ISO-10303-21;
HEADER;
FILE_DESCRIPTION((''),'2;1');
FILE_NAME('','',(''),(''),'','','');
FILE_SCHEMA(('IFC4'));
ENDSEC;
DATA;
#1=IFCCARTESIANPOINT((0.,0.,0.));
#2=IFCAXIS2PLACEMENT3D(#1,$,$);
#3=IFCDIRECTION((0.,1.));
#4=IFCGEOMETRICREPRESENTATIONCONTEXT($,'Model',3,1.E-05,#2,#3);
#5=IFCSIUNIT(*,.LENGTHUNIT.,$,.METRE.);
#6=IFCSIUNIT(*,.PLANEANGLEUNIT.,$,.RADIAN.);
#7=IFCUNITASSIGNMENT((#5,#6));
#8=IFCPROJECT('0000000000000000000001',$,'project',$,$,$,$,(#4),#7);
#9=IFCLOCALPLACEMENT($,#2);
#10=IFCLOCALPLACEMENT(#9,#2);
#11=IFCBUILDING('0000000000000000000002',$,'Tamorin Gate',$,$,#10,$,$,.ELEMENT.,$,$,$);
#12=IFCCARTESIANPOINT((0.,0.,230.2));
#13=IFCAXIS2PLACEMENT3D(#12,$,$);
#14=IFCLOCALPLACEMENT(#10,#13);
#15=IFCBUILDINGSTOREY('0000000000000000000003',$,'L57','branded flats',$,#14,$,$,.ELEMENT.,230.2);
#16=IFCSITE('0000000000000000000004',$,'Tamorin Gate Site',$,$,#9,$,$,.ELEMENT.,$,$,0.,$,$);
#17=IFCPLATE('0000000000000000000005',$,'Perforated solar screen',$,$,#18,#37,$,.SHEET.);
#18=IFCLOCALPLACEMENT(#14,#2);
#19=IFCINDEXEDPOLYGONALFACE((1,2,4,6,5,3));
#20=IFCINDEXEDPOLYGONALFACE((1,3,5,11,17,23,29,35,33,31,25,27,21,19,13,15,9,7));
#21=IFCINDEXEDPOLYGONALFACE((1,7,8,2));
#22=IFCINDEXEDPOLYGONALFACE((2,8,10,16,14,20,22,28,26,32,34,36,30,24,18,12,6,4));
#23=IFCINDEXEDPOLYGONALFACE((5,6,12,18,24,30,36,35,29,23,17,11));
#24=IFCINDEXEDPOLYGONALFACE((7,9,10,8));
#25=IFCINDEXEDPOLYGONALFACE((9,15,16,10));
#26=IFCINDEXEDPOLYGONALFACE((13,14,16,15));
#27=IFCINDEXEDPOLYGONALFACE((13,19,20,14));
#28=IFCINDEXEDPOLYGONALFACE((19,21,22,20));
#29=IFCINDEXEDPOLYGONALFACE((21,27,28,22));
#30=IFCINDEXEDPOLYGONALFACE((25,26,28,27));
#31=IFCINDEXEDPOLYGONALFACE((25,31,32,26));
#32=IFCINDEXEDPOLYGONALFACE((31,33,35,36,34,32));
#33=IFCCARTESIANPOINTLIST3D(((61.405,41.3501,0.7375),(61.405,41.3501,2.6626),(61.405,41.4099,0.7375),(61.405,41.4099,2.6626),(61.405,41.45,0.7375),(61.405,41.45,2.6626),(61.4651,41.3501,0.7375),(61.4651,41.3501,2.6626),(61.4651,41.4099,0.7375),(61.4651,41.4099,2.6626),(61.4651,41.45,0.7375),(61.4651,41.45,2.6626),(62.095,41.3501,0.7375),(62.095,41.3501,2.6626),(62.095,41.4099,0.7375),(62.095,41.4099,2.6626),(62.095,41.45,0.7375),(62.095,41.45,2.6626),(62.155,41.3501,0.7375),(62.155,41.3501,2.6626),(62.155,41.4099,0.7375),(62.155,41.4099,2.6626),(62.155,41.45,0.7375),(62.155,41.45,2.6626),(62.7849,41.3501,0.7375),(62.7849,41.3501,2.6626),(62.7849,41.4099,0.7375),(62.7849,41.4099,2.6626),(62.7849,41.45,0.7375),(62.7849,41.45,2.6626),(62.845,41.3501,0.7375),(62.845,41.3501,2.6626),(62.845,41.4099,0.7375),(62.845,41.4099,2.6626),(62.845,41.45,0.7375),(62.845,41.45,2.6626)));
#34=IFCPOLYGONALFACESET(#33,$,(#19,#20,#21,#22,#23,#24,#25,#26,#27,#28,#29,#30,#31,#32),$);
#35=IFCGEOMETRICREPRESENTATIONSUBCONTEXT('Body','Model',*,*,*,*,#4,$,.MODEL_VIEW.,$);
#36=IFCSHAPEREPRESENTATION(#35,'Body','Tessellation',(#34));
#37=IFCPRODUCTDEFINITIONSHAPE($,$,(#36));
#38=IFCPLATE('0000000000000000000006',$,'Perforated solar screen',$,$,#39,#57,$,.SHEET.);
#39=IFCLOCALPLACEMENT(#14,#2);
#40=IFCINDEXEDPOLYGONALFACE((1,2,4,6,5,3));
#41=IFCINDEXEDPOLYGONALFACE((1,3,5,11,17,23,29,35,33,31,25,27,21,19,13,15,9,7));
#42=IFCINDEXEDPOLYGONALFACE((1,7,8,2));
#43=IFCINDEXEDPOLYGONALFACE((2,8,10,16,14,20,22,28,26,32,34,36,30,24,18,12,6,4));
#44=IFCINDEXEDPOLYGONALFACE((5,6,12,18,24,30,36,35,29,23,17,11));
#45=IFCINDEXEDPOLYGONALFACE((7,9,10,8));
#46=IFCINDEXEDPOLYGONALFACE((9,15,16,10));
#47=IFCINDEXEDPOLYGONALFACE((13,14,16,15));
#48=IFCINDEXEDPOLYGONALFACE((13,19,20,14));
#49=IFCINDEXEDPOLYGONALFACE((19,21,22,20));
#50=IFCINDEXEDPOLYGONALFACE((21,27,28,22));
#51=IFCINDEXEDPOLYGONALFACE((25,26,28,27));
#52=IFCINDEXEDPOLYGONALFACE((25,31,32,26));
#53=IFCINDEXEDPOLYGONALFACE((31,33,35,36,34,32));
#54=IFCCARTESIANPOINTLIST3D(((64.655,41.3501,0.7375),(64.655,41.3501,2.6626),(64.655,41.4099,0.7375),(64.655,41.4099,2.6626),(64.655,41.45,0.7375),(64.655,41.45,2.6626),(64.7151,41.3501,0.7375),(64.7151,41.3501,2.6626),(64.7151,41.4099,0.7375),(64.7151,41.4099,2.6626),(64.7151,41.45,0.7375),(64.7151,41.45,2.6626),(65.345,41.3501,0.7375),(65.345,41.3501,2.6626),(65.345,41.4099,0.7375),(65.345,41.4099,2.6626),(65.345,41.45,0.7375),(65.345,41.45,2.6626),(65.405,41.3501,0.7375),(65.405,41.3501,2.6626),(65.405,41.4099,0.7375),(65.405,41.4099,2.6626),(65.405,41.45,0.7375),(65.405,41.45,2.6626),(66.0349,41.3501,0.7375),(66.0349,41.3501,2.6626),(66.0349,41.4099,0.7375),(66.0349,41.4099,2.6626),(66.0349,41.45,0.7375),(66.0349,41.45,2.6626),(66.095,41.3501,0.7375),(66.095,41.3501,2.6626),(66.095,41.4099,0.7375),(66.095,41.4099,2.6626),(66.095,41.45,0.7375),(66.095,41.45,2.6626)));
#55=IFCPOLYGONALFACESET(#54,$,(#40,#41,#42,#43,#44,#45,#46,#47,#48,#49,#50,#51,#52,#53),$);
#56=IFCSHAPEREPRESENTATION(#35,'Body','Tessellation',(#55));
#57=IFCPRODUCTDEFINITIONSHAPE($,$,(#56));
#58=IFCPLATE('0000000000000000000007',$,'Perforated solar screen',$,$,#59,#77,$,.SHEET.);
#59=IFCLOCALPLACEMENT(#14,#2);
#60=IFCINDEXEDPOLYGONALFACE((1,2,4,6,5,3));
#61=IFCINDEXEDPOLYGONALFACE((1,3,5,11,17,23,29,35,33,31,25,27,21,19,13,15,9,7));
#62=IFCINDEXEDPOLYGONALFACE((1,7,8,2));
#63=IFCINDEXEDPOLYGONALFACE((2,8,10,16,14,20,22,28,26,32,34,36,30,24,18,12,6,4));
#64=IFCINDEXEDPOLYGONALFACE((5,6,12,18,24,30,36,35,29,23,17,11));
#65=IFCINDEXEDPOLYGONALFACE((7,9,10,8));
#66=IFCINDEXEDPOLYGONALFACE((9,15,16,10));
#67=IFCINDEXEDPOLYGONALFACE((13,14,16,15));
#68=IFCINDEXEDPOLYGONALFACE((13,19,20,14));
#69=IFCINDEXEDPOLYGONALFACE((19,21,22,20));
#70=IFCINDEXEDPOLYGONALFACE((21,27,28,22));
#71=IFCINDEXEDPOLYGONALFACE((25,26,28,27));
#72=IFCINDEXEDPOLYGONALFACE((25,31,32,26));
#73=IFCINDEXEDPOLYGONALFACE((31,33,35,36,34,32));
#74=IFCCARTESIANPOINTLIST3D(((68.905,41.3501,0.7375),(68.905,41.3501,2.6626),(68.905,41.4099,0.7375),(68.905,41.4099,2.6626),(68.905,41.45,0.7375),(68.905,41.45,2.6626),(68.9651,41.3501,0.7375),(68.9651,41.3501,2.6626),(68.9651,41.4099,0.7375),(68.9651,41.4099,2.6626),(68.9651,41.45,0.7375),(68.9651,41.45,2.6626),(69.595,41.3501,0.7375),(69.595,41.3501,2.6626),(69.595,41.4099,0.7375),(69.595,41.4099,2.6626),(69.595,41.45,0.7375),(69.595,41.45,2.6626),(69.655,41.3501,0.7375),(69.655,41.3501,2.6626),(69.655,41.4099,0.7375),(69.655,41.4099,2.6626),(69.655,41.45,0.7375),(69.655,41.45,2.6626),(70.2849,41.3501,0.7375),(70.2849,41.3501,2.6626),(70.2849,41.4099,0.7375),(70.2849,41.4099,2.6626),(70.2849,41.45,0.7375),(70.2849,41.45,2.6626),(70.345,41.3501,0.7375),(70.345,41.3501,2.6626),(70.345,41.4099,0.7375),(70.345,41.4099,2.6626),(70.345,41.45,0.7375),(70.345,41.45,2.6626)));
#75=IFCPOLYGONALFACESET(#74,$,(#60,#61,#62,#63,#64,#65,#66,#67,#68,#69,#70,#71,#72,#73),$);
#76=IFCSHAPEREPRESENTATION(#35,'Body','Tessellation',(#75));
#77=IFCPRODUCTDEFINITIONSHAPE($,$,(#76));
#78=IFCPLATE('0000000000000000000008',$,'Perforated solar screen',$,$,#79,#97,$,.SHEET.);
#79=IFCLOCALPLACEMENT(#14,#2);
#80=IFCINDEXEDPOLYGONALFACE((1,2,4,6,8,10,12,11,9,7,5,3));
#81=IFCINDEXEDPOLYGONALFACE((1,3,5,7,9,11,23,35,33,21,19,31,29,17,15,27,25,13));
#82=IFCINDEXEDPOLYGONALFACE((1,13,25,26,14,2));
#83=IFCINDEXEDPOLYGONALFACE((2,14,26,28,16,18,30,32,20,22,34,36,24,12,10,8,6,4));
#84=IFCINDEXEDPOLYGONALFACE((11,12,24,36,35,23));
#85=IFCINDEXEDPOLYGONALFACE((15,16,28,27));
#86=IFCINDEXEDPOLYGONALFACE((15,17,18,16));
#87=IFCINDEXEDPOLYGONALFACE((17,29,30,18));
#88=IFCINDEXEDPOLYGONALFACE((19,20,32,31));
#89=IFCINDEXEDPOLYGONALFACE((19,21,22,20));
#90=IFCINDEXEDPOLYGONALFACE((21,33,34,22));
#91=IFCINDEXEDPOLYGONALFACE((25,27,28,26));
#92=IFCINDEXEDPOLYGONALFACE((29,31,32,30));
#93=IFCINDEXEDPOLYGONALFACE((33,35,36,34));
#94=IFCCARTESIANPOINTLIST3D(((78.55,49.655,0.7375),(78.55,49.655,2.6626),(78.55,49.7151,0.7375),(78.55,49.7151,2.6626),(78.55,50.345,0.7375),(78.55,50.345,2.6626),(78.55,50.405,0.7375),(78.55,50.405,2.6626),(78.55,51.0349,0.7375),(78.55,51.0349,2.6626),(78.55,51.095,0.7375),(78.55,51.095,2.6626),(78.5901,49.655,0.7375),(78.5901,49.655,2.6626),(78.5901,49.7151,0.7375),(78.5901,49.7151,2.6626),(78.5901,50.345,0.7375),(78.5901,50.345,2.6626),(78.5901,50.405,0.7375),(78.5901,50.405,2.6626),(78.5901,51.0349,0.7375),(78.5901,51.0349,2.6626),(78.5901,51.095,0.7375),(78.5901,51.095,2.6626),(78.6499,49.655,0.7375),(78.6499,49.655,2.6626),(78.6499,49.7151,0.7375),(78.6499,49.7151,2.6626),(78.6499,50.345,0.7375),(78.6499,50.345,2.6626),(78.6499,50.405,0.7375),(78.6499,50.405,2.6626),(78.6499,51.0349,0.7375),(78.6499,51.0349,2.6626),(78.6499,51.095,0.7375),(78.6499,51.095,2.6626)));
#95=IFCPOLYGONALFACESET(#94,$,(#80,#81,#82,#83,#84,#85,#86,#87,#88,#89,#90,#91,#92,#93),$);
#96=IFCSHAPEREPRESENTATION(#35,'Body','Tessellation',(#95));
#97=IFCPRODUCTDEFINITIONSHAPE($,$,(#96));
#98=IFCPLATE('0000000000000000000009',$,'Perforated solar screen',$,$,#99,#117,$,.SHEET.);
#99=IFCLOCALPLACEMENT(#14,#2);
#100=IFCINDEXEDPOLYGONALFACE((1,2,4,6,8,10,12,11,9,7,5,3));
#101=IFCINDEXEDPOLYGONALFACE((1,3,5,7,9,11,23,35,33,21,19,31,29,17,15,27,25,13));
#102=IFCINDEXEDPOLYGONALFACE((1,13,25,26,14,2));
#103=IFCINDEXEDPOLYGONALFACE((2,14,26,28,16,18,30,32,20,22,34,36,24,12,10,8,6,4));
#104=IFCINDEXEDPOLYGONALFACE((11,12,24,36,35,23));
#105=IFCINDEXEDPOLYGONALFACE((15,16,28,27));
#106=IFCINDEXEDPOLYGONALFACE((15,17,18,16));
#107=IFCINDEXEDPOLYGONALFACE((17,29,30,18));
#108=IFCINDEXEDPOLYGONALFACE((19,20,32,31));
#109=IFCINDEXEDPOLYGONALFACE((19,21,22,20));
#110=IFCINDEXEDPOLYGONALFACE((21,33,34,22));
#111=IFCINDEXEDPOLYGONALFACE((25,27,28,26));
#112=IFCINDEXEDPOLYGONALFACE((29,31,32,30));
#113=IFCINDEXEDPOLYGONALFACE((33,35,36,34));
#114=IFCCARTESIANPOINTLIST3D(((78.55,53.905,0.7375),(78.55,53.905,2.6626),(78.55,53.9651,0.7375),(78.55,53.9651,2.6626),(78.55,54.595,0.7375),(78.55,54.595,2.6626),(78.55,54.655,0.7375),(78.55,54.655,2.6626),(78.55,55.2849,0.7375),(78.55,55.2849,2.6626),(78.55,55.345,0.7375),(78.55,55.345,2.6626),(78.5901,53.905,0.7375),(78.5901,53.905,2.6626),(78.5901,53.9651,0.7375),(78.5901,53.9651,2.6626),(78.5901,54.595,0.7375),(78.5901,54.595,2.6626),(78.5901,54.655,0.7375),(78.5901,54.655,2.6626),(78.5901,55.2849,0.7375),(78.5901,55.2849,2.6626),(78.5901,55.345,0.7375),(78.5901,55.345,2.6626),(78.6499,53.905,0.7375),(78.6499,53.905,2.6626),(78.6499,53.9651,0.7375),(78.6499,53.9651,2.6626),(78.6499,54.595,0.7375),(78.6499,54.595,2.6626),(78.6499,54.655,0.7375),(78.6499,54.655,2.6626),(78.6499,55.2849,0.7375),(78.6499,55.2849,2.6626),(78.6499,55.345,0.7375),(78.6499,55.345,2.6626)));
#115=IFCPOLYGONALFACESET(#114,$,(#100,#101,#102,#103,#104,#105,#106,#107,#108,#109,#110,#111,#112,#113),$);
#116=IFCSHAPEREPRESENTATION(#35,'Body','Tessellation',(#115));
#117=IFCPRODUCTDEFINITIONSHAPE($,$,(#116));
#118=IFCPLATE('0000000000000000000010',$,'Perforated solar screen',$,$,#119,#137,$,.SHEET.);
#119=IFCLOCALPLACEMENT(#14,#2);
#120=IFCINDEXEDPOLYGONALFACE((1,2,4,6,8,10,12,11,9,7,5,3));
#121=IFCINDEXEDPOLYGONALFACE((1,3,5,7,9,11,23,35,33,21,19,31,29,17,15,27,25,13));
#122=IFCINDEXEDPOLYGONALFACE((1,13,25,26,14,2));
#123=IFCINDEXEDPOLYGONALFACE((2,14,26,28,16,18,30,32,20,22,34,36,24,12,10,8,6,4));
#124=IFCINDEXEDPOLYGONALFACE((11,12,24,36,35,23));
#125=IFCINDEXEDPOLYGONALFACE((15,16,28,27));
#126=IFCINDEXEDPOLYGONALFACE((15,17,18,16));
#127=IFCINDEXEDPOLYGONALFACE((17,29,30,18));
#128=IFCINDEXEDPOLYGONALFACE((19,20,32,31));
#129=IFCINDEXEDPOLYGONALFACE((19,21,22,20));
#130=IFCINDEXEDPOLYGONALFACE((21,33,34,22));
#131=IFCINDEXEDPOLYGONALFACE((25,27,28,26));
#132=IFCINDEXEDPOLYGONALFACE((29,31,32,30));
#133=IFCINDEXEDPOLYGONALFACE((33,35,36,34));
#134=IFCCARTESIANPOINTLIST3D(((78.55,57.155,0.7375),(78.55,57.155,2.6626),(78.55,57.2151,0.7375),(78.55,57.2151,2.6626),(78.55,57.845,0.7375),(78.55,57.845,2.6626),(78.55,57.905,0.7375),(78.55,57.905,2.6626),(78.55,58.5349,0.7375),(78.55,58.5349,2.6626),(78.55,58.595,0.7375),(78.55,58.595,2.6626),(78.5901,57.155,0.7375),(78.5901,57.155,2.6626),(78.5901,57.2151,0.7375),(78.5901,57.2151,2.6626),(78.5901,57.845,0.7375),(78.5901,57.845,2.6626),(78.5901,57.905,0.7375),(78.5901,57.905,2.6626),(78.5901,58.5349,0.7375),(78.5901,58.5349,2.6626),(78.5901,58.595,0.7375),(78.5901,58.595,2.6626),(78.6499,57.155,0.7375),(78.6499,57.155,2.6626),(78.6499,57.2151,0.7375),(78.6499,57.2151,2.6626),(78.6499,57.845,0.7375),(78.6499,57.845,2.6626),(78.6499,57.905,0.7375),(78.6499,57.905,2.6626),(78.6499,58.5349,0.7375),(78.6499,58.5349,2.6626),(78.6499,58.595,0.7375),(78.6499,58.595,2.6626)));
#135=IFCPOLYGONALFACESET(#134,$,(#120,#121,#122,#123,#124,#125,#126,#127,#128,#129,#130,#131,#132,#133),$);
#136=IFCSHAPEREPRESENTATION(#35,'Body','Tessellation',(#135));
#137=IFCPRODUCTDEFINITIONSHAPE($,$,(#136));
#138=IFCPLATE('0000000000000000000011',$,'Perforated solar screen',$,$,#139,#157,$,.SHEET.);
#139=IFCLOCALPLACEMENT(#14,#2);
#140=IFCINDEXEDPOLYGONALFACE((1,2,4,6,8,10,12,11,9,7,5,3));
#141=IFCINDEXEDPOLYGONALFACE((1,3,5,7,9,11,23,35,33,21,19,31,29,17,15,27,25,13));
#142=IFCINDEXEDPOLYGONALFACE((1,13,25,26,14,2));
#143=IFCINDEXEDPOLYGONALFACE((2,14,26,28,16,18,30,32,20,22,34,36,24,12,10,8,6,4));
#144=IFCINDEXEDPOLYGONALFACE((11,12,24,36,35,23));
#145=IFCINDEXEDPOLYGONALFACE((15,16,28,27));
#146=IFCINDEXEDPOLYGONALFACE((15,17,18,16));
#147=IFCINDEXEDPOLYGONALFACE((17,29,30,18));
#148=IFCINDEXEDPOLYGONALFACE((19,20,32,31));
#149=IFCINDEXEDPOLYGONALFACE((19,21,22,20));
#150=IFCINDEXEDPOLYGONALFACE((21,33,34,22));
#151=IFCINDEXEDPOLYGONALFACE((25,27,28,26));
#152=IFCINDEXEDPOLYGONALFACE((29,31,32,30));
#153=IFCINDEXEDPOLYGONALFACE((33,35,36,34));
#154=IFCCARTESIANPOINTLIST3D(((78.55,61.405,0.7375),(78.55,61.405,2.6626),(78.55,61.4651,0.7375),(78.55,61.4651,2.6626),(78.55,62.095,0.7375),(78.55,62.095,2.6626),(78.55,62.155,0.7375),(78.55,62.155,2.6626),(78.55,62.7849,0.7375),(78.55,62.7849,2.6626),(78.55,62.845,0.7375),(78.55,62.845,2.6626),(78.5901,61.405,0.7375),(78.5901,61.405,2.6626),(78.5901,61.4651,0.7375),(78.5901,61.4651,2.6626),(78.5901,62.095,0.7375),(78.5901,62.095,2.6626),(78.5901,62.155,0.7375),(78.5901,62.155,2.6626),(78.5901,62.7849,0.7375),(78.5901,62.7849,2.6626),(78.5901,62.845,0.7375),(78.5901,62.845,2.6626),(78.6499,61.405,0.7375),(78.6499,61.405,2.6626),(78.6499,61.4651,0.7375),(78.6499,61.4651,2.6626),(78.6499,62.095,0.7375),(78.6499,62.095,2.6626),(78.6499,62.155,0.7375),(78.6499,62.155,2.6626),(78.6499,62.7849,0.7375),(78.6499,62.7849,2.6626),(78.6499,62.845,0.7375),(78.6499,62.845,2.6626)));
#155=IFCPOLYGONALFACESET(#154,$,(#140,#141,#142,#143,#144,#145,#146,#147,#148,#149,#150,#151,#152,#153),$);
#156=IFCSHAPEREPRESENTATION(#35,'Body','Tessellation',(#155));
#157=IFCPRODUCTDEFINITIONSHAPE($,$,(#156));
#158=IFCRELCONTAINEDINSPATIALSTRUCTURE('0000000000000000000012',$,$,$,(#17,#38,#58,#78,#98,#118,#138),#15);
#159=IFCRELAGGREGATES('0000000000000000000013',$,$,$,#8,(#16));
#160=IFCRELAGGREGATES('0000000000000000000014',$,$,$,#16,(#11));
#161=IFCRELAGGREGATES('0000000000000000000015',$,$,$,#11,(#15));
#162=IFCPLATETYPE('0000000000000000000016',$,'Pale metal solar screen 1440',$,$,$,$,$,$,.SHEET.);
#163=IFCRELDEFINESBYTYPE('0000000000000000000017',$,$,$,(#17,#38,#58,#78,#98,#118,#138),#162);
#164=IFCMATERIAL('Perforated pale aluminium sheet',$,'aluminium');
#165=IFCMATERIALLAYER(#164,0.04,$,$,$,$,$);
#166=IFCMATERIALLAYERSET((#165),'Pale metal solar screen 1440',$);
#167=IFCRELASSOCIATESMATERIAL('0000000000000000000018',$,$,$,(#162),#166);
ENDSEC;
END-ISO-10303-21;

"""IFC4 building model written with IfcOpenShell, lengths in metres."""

from ifc_helpers import new_model, si_unit, direction, frame, origin, place, context, subcontext, project, spatial, polyline, outline, extrude, material, layer, layer_set, type_object, element, save


model = new_model("IFC4")

# Units and contexts
model_context = context("Model", 3, precision=1e-05, world=origin(), true_north=direction((0.0, 1.0)))
body_context = subcontext(model_context, "Body", "Model", "MODEL_VIEW")
ifc_project = project(units=[si_unit("LENGTHUNIT", "METRE"), si_unit("PLANEANGLEUNIT", "RADIAN")], contexts=[model_context])

# Site, building, storey
site_placement = place(None, origin())
site = spatial("IfcSite", under=ifc_project, at=site_placement, Name="Tamorin Gate Site", CompositionType="ELEMENT", RefElevation=0.0)
building_placement = place(site_placement, origin())
building = spatial("IfcBuilding", under=site, at=building_placement, Name="Tamorin Gate", CompositionType="ELEMENT")
storey_placement = place(building_placement, frame((0.0, 0.0, 230.2)))
storey = spatial("IfcBuildingStorey", under=building, at=storey_placement, Name="L57", Description="branded flats", CompositionType="ELEMENT", Elevation=230.2)

# Plates
ifc_material_1 = material(Name="Perforated pale aluminium sheet", Category="aluminium")
ifc_layer_1 = layer(ifc_material_1, 0.04)
ifc_layer_set_1 = layer_set([ifc_layer_1], Name="Pale metal solar screen 1440")
plate_type = type_object("IfcPlateType", Name="Pale metal solar screen 1440", PredefinedType="SHEET", material=ifc_layer_set_1)
plate_1_placement = place(storey_placement, frame((0.0, 0.0, 0.7375)))
element("IfcPlate", 1, at=plate_1_placement, inside=storey, type_object=plate_type, Name="Perforated solar screen", PredefinedType="SHEET", context=body_context, shape_type="SweptSolid", body=[
    extrude(outline(polyline([(61.405, 41.4099), (61.405, 41.45), (61.4651, 41.45), (62.095, 41.45), (62.155, 41.45), (62.7849, 41.45), (62.845, 41.45), (62.845, 41.4099), (62.845, 41.3501), (62.7849, 41.3501), (62.7849, 41.4099), (62.155, 41.4099), (62.155, 41.3501), (62.095, 41.3501), (62.095, 41.4099), (61.4651, 41.4099), (61.4651, 41.3501), (61.405, 41.3501), (61.405, 41.4099)])), origin(), (0.0, 0.0, 1.0), 1.925),
])
plate_2_placement = place(storey_placement, frame((0.0, 0.0, 0.7375)))
element("IfcPlate", 2, at=plate_2_placement, inside=storey, type_object=plate_type, Name="Perforated solar screen", PredefinedType="SHEET", context=body_context, shape_type="SweptSolid", body=[
    extrude(outline(polyline([(64.655, 41.4099), (64.655, 41.45), (64.7151, 41.45), (65.345, 41.45), (65.405, 41.45), (66.0349, 41.45), (66.095, 41.45), (66.095, 41.4099), (66.095, 41.3501), (66.0349, 41.3501), (66.0349, 41.4099), (65.405, 41.4099), (65.405, 41.3501), (65.345, 41.3501), (65.345, 41.4099), (64.7151, 41.4099), (64.7151, 41.3501), (64.655, 41.3501), (64.655, 41.4099)])), origin(), (0.0, 0.0, 1.0), 1.925),
])
plate_3_placement = place(storey_placement, frame((0.0, 0.0, 0.7375)))
element("IfcPlate", 3, at=plate_3_placement, inside=storey, type_object=plate_type, Name="Perforated solar screen", PredefinedType="SHEET", context=body_context, shape_type="SweptSolid", body=[
    extrude(outline(polyline([(68.905, 41.4099), (68.905, 41.45), (68.9651, 41.45), (69.595, 41.45), (69.655, 41.45), (70.2849, 41.45), (70.345, 41.45), (70.345, 41.4099), (70.345, 41.3501), (70.2849, 41.3501), (70.2849, 41.4099), (69.655, 41.4099), (69.655, 41.3501), (69.595, 41.3501), (69.595, 41.4099), (68.9651, 41.4099), (68.9651, 41.3501), (68.905, 41.3501), (68.905, 41.4099)])), origin(), (0.0, 0.0, 1.0), 1.925),
])
plate_4_placement = place(storey_placement, frame((0.0, 0.0, 0.7375)))
element("IfcPlate", 4, at=plate_4_placement, inside=storey, type_object=plate_type, Name="Perforated solar screen", PredefinedType="SHEET", context=body_context, shape_type="SweptSolid", body=[
    extrude(outline(polyline([(78.5901, 49.655), (78.55, 49.655), (78.55, 49.7151), (78.55, 50.345), (78.55, 50.405), (78.55, 51.0349), (78.55, 51.095), (78.55, 51.095), (78.5901, 51.095), (78.5901, 51.095), (78.6499, 51.095), (78.6499, 51.0349), (78.5901, 51.0349), (78.5901, 50.405), (78.6499, 50.405), (78.6499, 50.345), (78.5901, 50.345), (78.5901, 49.7151), (78.6499, 49.7151), (78.6499, 49.655), (78.5901, 49.655)])), origin(), (0.0, 0.0, 1.0), 1.925),
])
plate_5_placement = place(storey_placement, frame((0.0, 0.0, 0.7375)))
element("IfcPlate", 5, at=plate_5_placement, inside=storey, type_object=plate_type, Name="Perforated solar screen", PredefinedType="SHEET", context=body_context, shape_type="SweptSolid", body=[
    extrude(outline(polyline([(78.5901, 53.905), (78.55, 53.905), (78.55, 53.9651), (78.55, 54.595), (78.55, 54.655), (78.55, 55.2849), (78.55, 55.345), (78.5901, 55.345), (78.6499, 55.345), (78.6499, 55.2849), (78.5901, 55.2849), (78.5901, 54.655), (78.6499, 54.655), (78.6499, 54.595), (78.5901, 54.595), (78.5901, 53.9651), (78.6499, 53.9651), (78.6499, 53.905), (78.5901, 53.905)])), origin(), (0.0, 0.0, 1.0), 1.925),
])
plate_6_placement = place(storey_placement, frame((0.0, 0.0, 0.7375)))
element("IfcPlate", 6, at=plate_6_placement, inside=storey, type_object=plate_type, Name="Perforated solar screen", PredefinedType="SHEET", context=body_context, shape_type="SweptSolid", body=[
    extrude(outline(polyline([(78.5901, 57.155), (78.55, 57.155), (78.55, 57.2151), (78.55, 57.845), (78.55, 57.905), (78.55, 58.5349), (78.55, 58.595), (78.5901, 58.595), (78.6499, 58.595), (78.6499, 58.5349), (78.5901, 58.5349), (78.5901, 57.905), (78.6499, 57.905), (78.6499, 57.845), (78.5901, 57.845), (78.5901, 57.2151), (78.6499, 57.2151), (78.6499, 57.155), (78.5901, 57.155)])), origin(), (0.0, 0.0, 1.0), 1.925),
])
plate_7_placement = place(storey_placement, frame((0.0, 0.0, 0.7375)))
element("IfcPlate", 7, at=plate_7_placement, inside=storey, type_object=plate_type, Name="Perforated solar screen", PredefinedType="SHEET", context=body_context, shape_type="SweptSolid", body=[
    extrude(outline(polyline([(78.5901, 61.405), (78.55, 61.405), (78.55, 61.4651), (78.55, 62.095), (78.55, 62.155), (78.55, 62.7849), (78.55, 62.845), (78.5901, 62.845), (78.6499, 62.845), (78.6499, 62.7849), (78.5901, 62.7849), (78.5901, 62.155), (78.6499, 62.155), (78.6499, 62.095), (78.5901, 62.095), (78.5901, 61.4651), (78.6499, 61.4651), (78.6499, 61.405), (78.5901, 61.405)])), origin(), (0.0, 0.0, 1.0), 1.925),
])

save(model, "model.ifc")
